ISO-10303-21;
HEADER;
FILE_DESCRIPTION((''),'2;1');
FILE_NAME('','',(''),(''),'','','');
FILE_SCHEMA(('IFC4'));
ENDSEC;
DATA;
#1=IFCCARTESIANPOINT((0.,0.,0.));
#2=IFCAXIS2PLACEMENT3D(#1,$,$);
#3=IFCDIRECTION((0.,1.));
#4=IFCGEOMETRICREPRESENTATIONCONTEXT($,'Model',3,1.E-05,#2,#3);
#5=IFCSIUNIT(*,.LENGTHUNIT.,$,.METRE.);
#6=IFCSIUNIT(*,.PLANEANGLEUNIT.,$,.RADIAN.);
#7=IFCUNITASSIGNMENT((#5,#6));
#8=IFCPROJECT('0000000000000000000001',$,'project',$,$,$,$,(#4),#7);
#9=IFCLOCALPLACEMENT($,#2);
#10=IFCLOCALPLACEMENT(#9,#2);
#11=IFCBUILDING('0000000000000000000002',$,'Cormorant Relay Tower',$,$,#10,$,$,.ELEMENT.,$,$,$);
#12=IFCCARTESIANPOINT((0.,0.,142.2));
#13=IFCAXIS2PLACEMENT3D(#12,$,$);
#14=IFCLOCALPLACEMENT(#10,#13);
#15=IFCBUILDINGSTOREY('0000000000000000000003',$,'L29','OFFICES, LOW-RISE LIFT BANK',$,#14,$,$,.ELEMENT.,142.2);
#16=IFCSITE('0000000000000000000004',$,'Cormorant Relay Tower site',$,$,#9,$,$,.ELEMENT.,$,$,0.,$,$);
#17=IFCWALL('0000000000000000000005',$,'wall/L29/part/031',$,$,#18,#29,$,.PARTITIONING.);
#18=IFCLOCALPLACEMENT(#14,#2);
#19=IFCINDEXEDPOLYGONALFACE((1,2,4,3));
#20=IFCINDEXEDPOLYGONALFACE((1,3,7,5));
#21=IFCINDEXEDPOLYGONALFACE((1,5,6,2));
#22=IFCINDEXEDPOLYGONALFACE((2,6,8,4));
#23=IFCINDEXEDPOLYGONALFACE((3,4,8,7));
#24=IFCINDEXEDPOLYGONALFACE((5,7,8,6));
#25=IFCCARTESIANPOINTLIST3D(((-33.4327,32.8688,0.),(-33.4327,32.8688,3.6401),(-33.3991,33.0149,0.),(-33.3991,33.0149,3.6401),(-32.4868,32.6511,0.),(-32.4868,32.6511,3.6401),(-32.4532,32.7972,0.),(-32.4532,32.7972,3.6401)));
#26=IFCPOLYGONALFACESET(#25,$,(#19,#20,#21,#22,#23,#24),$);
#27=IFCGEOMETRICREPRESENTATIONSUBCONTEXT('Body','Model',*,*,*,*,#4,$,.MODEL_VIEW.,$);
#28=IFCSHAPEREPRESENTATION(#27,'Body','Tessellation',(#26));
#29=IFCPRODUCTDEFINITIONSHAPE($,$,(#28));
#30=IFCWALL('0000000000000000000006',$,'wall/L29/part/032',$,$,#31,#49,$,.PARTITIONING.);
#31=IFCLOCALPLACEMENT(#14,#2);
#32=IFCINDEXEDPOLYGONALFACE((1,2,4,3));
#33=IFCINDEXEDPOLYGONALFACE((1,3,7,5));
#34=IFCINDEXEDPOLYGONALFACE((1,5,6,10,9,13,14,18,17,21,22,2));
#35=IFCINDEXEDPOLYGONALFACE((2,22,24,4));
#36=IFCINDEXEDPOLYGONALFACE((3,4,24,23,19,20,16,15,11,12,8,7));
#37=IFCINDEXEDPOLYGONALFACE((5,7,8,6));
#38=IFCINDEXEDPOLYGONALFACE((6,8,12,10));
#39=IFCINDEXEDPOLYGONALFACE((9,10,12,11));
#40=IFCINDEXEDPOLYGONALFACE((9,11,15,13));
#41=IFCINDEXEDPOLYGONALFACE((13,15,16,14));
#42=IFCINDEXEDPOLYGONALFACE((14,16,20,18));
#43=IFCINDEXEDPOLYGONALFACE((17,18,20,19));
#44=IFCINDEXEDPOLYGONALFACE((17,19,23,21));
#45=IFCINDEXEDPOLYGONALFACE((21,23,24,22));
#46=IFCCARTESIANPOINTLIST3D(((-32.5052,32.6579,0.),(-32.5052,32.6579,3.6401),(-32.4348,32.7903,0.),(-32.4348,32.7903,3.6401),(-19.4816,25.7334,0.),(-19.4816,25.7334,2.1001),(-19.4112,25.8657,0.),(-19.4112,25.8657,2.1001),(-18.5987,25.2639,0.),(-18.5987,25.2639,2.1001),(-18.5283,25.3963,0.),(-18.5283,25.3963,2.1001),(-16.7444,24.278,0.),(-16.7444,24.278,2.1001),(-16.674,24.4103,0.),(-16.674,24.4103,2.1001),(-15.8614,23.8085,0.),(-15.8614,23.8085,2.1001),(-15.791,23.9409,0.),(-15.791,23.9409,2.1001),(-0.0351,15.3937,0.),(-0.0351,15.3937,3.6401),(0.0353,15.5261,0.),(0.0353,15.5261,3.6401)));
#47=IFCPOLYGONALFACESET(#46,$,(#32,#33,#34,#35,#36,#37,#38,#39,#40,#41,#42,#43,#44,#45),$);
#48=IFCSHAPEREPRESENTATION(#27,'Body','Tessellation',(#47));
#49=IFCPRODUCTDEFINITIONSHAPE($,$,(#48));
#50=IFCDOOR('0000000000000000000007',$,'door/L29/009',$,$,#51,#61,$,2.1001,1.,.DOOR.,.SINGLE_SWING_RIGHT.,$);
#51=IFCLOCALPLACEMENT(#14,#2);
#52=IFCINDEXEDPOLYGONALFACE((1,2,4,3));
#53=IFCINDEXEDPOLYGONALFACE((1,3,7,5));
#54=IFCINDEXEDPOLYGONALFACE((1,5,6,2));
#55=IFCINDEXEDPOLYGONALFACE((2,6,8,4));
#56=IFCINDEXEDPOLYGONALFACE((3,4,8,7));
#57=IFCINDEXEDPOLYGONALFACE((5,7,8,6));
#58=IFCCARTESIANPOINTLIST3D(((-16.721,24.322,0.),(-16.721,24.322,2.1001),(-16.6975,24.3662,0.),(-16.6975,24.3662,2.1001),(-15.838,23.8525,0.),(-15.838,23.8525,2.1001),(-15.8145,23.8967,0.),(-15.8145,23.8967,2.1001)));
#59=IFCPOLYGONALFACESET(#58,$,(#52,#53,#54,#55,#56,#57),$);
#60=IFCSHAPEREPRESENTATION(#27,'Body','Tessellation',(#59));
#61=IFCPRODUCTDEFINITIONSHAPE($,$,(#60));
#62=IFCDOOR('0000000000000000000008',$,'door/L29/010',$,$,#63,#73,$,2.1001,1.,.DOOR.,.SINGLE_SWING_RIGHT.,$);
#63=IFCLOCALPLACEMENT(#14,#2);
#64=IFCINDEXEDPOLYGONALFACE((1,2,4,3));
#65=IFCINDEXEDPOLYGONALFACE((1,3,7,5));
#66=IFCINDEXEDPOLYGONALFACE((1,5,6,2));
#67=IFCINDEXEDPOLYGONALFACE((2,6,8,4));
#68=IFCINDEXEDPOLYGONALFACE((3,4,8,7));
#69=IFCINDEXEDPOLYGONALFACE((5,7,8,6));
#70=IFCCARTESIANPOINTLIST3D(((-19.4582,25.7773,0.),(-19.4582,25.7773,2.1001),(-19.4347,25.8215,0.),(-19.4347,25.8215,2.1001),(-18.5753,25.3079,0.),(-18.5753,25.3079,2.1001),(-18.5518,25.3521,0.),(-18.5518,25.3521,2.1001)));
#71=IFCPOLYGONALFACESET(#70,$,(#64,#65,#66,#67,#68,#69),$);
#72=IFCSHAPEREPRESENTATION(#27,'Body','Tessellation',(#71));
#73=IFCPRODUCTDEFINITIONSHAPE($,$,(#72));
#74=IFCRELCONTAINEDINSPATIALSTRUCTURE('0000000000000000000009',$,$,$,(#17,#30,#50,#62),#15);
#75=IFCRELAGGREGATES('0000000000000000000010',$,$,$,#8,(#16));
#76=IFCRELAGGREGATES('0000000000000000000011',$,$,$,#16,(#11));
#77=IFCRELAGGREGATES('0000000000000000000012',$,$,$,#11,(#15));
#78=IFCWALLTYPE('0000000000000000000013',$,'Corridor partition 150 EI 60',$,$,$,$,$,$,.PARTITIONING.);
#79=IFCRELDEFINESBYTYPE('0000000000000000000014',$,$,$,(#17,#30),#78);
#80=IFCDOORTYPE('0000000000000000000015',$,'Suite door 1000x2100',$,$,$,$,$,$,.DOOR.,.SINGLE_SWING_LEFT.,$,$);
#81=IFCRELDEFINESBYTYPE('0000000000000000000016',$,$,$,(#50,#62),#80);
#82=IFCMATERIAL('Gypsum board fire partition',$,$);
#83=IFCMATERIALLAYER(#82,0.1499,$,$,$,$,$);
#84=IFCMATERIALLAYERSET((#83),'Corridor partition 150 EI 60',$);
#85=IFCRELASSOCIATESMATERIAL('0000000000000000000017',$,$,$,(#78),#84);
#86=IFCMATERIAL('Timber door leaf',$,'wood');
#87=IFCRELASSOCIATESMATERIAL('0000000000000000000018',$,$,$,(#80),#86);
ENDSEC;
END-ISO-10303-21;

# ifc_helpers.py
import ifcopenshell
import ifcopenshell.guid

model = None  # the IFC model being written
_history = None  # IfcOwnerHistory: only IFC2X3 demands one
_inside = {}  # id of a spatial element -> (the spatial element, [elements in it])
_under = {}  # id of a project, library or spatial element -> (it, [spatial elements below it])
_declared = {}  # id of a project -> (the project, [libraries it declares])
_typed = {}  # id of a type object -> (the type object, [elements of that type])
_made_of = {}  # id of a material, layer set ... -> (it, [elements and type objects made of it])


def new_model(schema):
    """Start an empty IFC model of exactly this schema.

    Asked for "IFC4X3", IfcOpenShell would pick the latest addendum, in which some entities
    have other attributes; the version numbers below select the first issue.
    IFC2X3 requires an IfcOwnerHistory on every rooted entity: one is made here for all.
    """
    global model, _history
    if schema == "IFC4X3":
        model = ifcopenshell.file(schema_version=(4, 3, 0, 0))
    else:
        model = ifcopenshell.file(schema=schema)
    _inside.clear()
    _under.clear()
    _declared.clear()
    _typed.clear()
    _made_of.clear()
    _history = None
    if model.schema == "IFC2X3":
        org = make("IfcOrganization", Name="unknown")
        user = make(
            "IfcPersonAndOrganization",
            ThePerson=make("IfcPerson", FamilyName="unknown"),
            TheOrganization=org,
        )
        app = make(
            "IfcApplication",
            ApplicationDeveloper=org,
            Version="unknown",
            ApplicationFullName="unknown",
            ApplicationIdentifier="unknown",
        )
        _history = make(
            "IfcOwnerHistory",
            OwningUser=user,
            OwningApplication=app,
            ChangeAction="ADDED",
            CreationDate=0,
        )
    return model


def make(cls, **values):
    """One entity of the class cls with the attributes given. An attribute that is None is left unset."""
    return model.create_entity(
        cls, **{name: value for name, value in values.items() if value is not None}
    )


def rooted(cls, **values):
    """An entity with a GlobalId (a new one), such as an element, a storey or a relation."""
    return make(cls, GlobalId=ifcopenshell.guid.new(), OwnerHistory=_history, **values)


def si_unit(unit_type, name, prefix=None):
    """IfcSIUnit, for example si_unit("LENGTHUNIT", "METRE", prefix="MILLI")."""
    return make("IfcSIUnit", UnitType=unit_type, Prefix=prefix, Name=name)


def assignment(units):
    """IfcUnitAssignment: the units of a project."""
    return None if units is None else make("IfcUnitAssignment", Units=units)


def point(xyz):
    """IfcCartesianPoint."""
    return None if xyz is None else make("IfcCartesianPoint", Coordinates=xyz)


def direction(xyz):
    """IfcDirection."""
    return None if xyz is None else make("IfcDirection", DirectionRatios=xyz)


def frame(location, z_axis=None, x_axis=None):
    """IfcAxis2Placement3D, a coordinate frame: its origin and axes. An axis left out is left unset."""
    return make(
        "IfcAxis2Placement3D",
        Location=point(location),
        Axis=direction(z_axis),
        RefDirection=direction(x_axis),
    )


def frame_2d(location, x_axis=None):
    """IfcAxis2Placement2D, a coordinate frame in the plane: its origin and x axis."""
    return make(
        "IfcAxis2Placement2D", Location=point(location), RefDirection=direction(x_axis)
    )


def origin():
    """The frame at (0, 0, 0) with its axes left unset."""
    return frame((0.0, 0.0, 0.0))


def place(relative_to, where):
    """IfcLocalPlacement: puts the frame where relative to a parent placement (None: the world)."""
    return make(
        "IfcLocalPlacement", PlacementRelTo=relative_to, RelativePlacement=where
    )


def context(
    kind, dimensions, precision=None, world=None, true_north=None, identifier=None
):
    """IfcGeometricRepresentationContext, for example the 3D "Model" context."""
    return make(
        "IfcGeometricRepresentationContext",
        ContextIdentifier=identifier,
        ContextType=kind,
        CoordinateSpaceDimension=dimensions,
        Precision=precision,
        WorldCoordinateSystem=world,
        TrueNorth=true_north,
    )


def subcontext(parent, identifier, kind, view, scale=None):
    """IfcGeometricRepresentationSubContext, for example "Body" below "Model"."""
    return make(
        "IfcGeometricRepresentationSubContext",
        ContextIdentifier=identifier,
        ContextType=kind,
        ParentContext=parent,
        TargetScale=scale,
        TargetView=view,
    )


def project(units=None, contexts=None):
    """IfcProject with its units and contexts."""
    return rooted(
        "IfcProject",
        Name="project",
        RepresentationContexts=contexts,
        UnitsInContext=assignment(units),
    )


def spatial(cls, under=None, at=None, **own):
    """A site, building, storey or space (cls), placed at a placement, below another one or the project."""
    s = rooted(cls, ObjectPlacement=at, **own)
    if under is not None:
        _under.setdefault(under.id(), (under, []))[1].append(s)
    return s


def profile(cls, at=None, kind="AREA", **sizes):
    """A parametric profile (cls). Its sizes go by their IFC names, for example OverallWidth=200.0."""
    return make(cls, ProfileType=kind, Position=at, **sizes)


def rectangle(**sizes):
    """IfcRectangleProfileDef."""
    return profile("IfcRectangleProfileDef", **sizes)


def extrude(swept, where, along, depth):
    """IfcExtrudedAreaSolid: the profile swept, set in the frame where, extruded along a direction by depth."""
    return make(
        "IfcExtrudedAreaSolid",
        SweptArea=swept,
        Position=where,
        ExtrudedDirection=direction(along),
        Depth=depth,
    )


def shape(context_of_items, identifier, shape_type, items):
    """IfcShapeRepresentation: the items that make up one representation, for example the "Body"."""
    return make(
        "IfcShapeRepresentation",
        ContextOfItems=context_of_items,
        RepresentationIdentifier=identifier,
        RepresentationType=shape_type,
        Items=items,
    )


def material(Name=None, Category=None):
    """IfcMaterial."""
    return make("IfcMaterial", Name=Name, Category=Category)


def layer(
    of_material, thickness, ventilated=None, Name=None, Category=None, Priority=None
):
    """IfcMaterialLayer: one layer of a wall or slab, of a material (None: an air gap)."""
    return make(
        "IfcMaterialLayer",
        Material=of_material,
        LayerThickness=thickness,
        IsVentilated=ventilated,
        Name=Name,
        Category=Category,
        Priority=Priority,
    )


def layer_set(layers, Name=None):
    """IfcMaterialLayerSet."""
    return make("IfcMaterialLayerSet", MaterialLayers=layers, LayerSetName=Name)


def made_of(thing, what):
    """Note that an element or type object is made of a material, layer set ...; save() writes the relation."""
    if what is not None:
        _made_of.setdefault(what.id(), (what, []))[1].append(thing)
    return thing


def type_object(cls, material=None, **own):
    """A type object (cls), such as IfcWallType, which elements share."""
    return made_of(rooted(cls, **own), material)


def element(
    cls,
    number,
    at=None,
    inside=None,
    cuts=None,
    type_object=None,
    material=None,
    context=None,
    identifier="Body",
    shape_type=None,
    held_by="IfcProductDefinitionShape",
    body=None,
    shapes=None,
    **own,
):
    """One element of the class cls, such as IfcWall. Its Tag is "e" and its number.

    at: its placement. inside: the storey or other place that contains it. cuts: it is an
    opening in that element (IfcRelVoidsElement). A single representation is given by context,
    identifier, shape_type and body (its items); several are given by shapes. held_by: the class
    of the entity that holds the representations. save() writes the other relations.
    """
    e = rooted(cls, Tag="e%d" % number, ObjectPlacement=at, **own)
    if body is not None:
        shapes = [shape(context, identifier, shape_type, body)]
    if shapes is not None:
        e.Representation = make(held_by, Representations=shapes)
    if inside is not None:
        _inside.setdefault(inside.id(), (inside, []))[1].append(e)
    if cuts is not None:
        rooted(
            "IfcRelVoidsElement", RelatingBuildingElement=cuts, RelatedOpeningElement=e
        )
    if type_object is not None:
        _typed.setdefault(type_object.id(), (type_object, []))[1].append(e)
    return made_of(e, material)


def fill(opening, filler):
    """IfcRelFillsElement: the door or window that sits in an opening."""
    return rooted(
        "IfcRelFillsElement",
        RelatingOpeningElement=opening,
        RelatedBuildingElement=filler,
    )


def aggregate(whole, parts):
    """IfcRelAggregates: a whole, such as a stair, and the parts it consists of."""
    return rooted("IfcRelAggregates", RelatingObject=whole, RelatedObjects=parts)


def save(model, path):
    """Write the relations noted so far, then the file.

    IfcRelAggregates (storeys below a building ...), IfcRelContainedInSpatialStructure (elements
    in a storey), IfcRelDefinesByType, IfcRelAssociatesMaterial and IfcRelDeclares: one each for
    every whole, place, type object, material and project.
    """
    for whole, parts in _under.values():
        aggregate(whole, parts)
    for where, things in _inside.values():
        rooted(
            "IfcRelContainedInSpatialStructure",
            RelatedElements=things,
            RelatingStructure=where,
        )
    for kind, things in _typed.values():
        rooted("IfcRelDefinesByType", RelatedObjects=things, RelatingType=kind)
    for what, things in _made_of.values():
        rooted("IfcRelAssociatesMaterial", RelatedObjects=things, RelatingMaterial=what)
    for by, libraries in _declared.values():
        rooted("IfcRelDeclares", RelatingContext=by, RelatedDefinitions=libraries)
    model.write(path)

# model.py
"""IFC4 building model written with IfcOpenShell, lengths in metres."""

from ifc_helpers import new_model, si_unit, direction, frame, frame_2d, origin, place, context, subcontext, project, spatial, rectangle, extrude, material, layer, layer_set, type_object, element, fill, save


model = new_model("IFC4")

# Units and contexts
model_context = context("Model", 3, precision=1e-05, world=origin(), true_north=direction((0.0, 1.0)))
body_context = subcontext(model_context, "Body", "Model", "MODEL_VIEW")
ifc_project = project(units=[si_unit("LENGTHUNIT", "METRE"), si_unit("PLANEANGLEUNIT", "RADIAN")], contexts=[model_context])

# Site, building, storey
site_placement = place(None, origin())
site = spatial("IfcSite", under=ifc_project, at=site_placement, Name="Cormorant Relay Tower site", CompositionType="ELEMENT", RefElevation=0.0)
building_placement = place(site_placement, origin())
building = spatial("IfcBuilding", under=site, at=building_placement, Name="Cormorant Relay Tower", CompositionType="ELEMENT")
storey_placement = place(building_placement, frame((0.0, 0.0, 142.2)))
storey = spatial("IfcBuildingStorey", under=building, at=storey_placement, Name="L29", Description="OFFICES, LOW-RISE LIFT BANK", CompositionType="ELEMENT", Elevation=142.2)

# Wall
ifc_material_1 = material(Name="Gypsum board fire partition")
ifc_layer_1 = layer(ifc_material_1, 0.1499)
ifc_layer_set_1 = layer_set([ifc_layer_1], Name="Corridor partition 150 EI 60")
wall_type_1 = type_object("IfcWallType", Name="Corridor partition 150 EI 60", PredefinedType="PARTITIONING", material=ifc_layer_set_1)
wall_1_placement = place(storey_placement, frame((-32.47, 32.7241, 0.0), z_axis=(0.0, 0.0, 1.0), x_axis=(-0.974514, 0.224327, 0.0)))
element("IfcWall", 1, at=wall_1_placement, inside=storey, type_object=wall_type_1, Name="wall/L29/part/031", PredefinedType="PARTITIONING", context=body_context, shape_type="SweptSolid", body=[
    extrude(rectangle(XDim=0.9707, YDim=0.1499, at=frame_2d((0.4854, 0.0))), origin(), (0.0, 0.0, 1.0), 3.6401),
])

# Wall, openings, doors
wall_2_placement = place(storey_placement, frame((-32.47, 32.7241, 0.0), z_axis=(0.0, 0.0, 1.0), x_axis=(0.882952, -0.469462, 0.0)))
wall_2 = element("IfcWall", 2, at=wall_2_placement, inside=storey, type_object=wall_type_1, Name="wall/L29/part/032", PredefinedType="PARTITIONING", context=body_context, shape_type="SweptSolid", body=[
    extrude(rectangle(XDim=36.7744, YDim=0.1499, at=frame_2d((18.3872, 0.0))), origin(), (0.0, 0.0, 1.0), 3.6401),
])
opening_1_placement = place(wall_2_placement, frame((17.8501, 0.0, 0.0)))
opening_1 = element("IfcOpeningElement", 3, at=opening_1_placement, cuts=wall_2, PredefinedType="OPENING", context=body_context, shape_type="SweptSolid", body=[
    extrude(rectangle(XDim=1.0, YDim=2.1001, at=frame_2d((0.5, 1.05))), frame((0.0, 0.085, 0.0), z_axis=(0.0, -1.0, 0.0), x_axis=(1.0, 0.0, 0.0)), (0.0, 0.0, 1.0), 0.1699),
])
opening_2_placement = place(wall_2_placement, frame((14.75, 0.0, 0.0)))
opening_2 = element("IfcOpeningElement", 4, at=opening_2_placement, cuts=wall_2, PredefinedType="OPENING", context=body_context, shape_type="SweptSolid", body=[
    extrude(rectangle(XDim=1.0, YDim=2.1001, at=frame_2d((0.5, 1.05))), frame((0.0, 0.085, 0.0), z_axis=(0.0, -1.0, 0.0), x_axis=(1.0, 0.0, 0.0)), (0.0, 0.0, 1.0), 0.1699),
])
ifc_material_2 = material(Name="Timber door leaf", Category="wood")
door_type_1 = type_object("IfcDoorType", Name="Suite door 1000x2100", OperationType="SINGLE_SWING_LEFT", PredefinedType="DOOR", material=ifc_material_2)
door_1_placement = place(opening_1_placement, origin())
door_1 = element("IfcDoor", 5, at=door_1_placement, inside=storey, type_object=door_type_1, Name="door/L29/009", OperationType="SINGLE_SWING_RIGHT", OverallHeight=2.1001, OverallWidth=1.0, PredefinedType="DOOR", context=body_context, shape_type="SweptSolid", body=[
    extrude(rectangle(XDim=1.0, YDim=2.1001, at=frame_2d((0.5, 1.05))), frame((0.0, 0.0249, 0.0), z_axis=(0.0, -1.0, 0.0), x_axis=(1.0, 0.0, 0.0)), (0.0, 0.0, 1.0), 0.05),
])
fill(opening_1, door_1)
door_2_placement = place(opening_2_placement, origin())
door_2 = element("IfcDoor", 6, at=door_2_placement, inside=storey, type_object=door_type_1, Name="door/L29/010", OperationType="SINGLE_SWING_RIGHT", OverallHeight=2.1001, OverallWidth=1.0, PredefinedType="DOOR", context=body_context, shape_type="SweptSolid", body=[
    extrude(rectangle(XDim=1.0, YDim=2.1001, at=frame_2d((0.5, 1.05))), frame((0.0, 0.0249, 0.0), z_axis=(0.0, -1.0, 0.0), x_axis=(1.0, 0.0, 0.0)), (0.0, 0.0, 1.0), 0.05),
])
fill(opening_2, door_2)

save(model, "model.ifc")
